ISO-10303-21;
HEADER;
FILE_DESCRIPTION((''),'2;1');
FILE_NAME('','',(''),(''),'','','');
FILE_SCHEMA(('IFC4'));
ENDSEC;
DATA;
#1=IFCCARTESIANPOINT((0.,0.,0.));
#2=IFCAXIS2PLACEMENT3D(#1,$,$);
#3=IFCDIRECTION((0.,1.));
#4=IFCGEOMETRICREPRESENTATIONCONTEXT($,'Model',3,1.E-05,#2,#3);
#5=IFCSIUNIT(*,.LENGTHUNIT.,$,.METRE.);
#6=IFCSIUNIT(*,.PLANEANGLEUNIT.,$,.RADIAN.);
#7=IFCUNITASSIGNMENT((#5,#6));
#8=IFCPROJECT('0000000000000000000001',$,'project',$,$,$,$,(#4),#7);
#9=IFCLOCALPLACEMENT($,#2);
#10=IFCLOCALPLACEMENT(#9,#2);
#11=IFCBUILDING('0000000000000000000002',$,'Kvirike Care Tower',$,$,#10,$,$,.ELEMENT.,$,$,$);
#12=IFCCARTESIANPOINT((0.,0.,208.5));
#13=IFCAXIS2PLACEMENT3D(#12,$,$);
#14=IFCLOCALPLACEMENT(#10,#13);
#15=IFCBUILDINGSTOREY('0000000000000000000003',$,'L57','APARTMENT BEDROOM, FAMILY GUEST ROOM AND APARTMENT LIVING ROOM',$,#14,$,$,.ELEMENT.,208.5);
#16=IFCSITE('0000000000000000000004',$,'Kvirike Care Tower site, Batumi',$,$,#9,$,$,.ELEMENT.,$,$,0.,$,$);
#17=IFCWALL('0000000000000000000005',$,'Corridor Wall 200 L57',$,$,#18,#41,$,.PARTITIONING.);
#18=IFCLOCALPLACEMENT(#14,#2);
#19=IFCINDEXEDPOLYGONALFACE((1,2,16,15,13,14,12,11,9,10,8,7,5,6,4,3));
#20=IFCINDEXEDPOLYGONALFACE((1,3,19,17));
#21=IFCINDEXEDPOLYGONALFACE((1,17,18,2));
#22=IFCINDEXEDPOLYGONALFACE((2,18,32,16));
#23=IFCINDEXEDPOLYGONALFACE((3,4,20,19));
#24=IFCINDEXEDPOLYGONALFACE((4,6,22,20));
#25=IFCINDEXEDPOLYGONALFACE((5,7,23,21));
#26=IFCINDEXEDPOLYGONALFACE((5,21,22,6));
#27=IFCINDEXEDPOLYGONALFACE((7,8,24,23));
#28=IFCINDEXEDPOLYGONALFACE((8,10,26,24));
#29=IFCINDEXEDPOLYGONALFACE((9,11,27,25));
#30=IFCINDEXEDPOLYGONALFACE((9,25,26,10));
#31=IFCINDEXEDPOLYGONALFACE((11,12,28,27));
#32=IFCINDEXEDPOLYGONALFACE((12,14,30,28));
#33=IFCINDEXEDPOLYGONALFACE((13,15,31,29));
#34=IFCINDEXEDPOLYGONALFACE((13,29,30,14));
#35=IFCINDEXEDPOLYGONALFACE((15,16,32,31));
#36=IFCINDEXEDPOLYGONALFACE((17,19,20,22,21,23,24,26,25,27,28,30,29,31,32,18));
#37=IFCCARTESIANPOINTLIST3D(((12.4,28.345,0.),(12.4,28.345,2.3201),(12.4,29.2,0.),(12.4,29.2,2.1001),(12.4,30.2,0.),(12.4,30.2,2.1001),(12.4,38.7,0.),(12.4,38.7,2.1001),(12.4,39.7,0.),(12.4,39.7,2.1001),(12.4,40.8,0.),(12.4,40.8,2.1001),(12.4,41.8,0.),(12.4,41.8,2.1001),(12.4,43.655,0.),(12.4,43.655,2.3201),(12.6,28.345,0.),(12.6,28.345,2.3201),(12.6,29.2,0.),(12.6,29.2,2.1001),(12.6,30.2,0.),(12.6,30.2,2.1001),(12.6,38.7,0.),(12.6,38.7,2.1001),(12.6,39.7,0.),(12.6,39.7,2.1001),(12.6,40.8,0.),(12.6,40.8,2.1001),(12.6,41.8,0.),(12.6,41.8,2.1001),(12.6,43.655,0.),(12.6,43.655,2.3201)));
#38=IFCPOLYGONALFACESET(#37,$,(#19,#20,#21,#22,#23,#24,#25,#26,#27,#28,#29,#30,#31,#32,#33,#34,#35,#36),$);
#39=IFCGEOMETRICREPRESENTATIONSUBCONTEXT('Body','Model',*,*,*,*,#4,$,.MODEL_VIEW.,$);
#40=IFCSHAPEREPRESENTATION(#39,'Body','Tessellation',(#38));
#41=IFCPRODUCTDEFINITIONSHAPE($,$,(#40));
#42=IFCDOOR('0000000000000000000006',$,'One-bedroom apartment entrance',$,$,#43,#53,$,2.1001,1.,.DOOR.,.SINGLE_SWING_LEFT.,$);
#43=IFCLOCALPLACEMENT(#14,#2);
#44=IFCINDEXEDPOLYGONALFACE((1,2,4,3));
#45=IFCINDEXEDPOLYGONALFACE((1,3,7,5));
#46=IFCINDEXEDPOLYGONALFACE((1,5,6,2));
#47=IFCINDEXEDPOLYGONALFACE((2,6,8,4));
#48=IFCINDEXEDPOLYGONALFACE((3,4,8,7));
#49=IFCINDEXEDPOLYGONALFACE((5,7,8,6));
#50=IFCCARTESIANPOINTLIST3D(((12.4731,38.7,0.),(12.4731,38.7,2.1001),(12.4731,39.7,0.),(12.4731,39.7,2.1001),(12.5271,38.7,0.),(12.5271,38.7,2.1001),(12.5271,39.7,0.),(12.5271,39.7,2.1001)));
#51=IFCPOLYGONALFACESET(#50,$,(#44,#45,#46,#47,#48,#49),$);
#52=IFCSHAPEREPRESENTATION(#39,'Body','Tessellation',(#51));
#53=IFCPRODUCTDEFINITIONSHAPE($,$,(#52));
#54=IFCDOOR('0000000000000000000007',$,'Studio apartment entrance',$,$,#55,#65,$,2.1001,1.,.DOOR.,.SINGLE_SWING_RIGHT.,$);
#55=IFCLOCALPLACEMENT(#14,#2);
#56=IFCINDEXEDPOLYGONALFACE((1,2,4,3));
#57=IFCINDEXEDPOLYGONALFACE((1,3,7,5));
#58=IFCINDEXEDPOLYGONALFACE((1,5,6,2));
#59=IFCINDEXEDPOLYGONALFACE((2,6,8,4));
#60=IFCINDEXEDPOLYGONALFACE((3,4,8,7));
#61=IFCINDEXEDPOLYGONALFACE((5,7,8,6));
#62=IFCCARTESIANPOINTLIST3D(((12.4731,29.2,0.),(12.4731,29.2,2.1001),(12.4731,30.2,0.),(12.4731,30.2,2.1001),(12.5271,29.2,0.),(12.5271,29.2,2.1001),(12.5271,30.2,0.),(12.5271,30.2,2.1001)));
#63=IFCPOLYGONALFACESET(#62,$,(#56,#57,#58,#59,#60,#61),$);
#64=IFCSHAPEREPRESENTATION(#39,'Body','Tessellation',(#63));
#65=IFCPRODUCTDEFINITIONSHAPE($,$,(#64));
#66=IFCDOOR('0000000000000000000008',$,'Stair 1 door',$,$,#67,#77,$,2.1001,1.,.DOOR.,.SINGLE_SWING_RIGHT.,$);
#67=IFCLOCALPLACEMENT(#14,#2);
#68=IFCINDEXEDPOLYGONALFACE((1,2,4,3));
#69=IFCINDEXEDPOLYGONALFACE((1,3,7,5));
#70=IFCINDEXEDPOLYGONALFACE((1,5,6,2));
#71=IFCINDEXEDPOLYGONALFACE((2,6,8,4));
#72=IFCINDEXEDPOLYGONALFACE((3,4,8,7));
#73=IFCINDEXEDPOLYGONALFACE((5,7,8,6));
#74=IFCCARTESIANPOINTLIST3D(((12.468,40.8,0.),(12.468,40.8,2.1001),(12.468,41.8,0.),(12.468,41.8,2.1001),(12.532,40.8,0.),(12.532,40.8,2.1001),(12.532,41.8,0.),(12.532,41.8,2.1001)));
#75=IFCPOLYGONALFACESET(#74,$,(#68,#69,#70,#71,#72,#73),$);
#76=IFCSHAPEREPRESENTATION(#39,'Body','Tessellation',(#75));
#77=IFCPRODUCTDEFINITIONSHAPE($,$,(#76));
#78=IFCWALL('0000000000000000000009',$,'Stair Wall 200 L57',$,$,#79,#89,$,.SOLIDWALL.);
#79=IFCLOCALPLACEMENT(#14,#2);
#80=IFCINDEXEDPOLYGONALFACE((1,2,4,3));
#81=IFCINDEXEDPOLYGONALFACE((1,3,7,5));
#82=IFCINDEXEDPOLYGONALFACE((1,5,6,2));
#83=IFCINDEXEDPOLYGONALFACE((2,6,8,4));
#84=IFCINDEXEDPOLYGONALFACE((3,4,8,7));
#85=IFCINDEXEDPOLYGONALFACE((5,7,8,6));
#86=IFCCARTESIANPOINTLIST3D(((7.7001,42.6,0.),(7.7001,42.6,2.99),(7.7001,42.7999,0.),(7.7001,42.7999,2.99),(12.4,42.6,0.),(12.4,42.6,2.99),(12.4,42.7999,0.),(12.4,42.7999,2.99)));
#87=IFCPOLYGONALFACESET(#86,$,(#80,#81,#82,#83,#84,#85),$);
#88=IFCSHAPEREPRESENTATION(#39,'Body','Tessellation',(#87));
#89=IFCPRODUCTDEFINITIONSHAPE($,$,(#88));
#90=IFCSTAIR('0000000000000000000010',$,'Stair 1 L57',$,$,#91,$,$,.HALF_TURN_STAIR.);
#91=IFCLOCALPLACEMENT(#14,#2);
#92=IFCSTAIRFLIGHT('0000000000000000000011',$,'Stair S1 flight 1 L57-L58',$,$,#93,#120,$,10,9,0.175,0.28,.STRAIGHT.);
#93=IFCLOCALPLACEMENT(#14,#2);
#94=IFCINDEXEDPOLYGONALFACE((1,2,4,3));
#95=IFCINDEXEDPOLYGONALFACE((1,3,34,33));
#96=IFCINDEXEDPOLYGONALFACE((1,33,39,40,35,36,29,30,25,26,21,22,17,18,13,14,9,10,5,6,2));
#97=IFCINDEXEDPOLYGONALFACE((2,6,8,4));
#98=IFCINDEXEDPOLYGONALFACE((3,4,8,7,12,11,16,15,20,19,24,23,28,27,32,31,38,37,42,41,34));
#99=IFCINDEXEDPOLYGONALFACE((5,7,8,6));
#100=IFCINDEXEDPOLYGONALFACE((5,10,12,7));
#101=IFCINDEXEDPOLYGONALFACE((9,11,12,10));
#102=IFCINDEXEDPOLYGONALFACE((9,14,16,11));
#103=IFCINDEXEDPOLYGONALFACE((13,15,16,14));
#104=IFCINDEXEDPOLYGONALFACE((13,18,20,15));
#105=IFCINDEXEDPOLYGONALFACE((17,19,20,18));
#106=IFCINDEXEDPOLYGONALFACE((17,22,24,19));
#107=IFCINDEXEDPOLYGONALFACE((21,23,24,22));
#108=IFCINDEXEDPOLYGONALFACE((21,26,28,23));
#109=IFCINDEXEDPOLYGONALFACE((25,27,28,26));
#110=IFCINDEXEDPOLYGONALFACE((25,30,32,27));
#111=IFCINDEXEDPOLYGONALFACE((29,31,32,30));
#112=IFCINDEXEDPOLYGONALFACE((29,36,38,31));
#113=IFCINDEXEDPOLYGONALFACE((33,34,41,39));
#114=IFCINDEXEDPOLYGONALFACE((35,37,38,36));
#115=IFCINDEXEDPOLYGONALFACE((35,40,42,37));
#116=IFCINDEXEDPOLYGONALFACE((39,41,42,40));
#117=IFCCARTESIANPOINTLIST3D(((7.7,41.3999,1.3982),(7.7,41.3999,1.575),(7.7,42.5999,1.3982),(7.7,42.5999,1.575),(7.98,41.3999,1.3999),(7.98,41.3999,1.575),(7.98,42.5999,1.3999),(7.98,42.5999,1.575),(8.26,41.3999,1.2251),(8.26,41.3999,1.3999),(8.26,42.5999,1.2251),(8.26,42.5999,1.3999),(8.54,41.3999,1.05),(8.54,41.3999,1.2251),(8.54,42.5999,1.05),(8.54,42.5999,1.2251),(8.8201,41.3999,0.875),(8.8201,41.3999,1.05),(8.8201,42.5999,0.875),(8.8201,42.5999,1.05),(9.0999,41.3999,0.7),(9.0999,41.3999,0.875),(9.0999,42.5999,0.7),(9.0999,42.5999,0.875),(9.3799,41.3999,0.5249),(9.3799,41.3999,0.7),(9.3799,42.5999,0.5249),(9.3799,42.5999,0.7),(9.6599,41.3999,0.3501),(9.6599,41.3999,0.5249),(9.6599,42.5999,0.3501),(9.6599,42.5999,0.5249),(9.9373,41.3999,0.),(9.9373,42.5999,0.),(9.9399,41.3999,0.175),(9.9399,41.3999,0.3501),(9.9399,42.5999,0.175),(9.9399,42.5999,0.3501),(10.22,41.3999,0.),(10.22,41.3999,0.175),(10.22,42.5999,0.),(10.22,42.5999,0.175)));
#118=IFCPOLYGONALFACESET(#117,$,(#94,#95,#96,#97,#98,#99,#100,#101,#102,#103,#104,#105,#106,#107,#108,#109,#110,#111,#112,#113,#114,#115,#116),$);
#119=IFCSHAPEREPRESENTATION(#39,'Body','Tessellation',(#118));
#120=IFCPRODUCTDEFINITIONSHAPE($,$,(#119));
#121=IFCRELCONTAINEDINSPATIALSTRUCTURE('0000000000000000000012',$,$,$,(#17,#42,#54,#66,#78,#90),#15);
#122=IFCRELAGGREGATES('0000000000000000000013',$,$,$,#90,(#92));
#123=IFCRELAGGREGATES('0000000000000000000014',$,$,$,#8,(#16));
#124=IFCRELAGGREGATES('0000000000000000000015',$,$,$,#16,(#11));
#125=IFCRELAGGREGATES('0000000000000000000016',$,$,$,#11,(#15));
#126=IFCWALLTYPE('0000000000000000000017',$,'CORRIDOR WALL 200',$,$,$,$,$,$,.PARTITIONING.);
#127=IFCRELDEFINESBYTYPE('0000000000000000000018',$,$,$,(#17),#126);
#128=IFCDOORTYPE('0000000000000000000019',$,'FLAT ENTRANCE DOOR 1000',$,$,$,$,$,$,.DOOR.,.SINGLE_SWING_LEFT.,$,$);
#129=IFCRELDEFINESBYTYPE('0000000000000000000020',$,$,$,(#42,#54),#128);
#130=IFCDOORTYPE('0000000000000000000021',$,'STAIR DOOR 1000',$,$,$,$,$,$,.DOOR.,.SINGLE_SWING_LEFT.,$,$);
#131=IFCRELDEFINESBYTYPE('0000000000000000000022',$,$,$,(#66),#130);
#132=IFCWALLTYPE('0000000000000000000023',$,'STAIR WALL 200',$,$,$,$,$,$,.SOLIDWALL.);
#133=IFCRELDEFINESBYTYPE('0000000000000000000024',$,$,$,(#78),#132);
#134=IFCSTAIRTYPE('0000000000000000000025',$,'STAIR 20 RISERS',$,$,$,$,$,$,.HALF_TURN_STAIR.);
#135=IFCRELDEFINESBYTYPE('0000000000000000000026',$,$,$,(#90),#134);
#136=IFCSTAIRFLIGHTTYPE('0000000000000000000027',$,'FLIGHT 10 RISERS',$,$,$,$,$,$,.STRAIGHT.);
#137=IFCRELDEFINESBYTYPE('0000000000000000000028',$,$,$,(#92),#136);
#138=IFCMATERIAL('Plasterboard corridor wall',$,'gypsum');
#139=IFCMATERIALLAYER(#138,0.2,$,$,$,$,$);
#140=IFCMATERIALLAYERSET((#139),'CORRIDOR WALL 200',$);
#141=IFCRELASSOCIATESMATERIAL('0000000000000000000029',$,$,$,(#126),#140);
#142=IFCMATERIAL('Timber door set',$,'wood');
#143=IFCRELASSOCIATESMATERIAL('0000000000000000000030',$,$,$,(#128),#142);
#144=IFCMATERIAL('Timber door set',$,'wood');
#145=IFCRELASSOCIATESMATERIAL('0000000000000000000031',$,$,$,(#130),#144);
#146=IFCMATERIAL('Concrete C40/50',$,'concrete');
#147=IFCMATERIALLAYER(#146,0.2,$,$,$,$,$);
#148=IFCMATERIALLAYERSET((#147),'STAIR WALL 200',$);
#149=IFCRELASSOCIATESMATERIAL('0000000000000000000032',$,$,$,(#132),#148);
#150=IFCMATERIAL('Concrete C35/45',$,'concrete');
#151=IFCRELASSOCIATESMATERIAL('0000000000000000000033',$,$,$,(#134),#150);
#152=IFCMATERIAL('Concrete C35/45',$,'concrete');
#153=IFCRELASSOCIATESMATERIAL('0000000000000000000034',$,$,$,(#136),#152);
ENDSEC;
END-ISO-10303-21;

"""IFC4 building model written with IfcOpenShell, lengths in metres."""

from ifc_helpers import new_model, si_unit, direction, frame, frame_2d, origin, place, context, subcontext, project, spatial, polyline, rectangle, outline, extrude, material, layer, layer_set, type_object, element, fill, aggregate, save


model = new_model("IFC4")

# Units and contexts
model_context = context("Model", 3, precision=1e-05, world=origin(), true_north=direction((0.0, 1.0)))
body_context = subcontext(model_context, "Body", "Model", "MODEL_VIEW")
ifc_project = project(units=[si_unit("LENGTHUNIT", "METRE"), si_unit("PLANEANGLEUNIT", "RADIAN")], contexts=[model_context])

# Site, building, storey
site_placement = place(None, origin())
site = spatial("IfcSite", under=ifc_project, at=site_placement, Name="Kvirike Care Tower site, Batumi", CompositionType="ELEMENT", RefElevation=0.0)
building_placement = place(site_placement, origin())
building = spatial("IfcBuilding", under=site, at=building_placement, Name="Kvirike Care Tower", CompositionType="ELEMENT")
storey_placement = place(building_placement, frame((0.0, 0.0, 208.5)))
storey = spatial("IfcBuildingStorey", under=building, at=storey_placement, Name="L57", Description="APARTMENT BEDROOM, FAMILY GUEST ROOM AND APARTMENT LIVING ROOM", CompositionType="ELEMENT", Elevation=208.5)

# Wall, openings, doors
ifc_material_1 = material(Name="Plasterboard corridor wall", Category="gypsum")
ifc_layer_1 = layer(ifc_material_1, 0.2)
ifc_layer_set_1 = layer_set([ifc_layer_1], Name="CORRIDOR WALL 200")
wall_type_1 = type_object("IfcWallType", Name="CORRIDOR WALL 200", PredefinedType="PARTITIONING", material=ifc_layer_set_1)
wall_1_placement = place(storey_placement, frame((12.5, 43.655, 0.0), z_axis=(0.0, 0.0, 1.0), x_axis=(0.0, -1.0, 0.0)))
wall_1 = element("IfcWall", 1, at=wall_1_placement, inside=storey, type_object=wall_type_1, Name="Corridor Wall 200 L57", PredefinedType="PARTITIONING", context=body_context, shape_type="SweptSolid", body=[
    extrude(rectangle(XDim=15.3101, YDim=0.2, at=frame_2d((7.655, 0.0))), origin(), (0.0, 0.0, 1.0), 2.3201),
])
opening_1_placement = place(wall_1_placement, frame((1.855, 0.0, 0.0)))
opening_1 = element("IfcOpeningElement", 2, at=opening_1_placement, cuts=wall_1, PredefinedType="OPENING", context=body_context, shape_type="SweptSolid", body=[
    extrude(rectangle(XDim=1.0, YDim=2.1001, at=frame_2d((0.5, 1.05))), frame((0.0, 0.1106, 0.0), z_axis=(0.0, -1.0, 0.0), x_axis=(1.0, 0.0, 0.0)), (0.0, 0.0, 1.0), 0.2209),
])
opening_2_placement = place(wall_1_placement, frame((3.9551, 0.0, 0.0)))
opening_2 = element("IfcOpeningElement", 3, at=opening_2_placement, cuts=wall_1, PredefinedType="OPENING", context=body_context, shape_type="SweptSolid", body=[
    extrude(rectangle(XDim=1.0, YDim=2.1001, at=frame_2d((0.5, 1.05))), frame((0.0, 0.1106, 0.0), z_axis=(0.0, -1.0, 0.0), x_axis=(1.0, 0.0, 0.0)), (0.0, 0.0, 1.0), 0.2209),
])
opening_3_placement = place(wall_1_placement, frame((13.4551, 0.0, 0.0)))
opening_3 = element("IfcOpeningElement", 4, at=opening_3_placement, cuts=wall_1, PredefinedType="OPENING", context=body_context, shape_type="SweptSolid", body=[
    extrude(rectangle(XDim=1.0, YDim=2.1001, at=frame_2d((0.5, 1.05))), frame((0.0, 0.1106, 0.0), z_axis=(0.0, -1.0, 0.0), x_axis=(1.0, 0.0, 0.0)), (0.0, 0.0, 1.0), 0.2209),
])
ifc_material_2 = material(Name="Timber door set", Category="wood")
door_type_1 = type_object("IfcDoorType", Name="FLAT ENTRANCE DOOR 1000", OperationType="SINGLE_SWING_LEFT", PredefinedType="DOOR", material=ifc_material_2)
door_1_placement = place(opening_2_placement, frame((1.0, 0.0, 0.0), z_axis=(0.0, 0.0, 1.0), x_axis=(-1.0, 0.0, 0.0)))
door_1 = element("IfcDoor", 5, at=door_1_placement, inside=storey, type_object=door_type_1, Name="One-bedroom apartment entrance", OperationType="SINGLE_SWING_LEFT", OverallHeight=2.1001, OverallWidth=1.0, PredefinedType="DOOR", context=body_context, shape_type="SweptSolid", body=[
    extrude(rectangle(XDim=1.0, YDim=2.1001, at=frame_2d((0.5, 1.05))), frame((0.0, 0.0269, 0.0), z_axis=(0.0, -1.0, 0.0), x_axis=(1.0, 0.0, 0.0)), (0.0, 0.0, 1.0), 0.054),
])
fill(opening_2, door_1)
door_2_placement = place(opening_3_placement, frame((1.0, 0.0, 0.0), z_axis=(0.0, 0.0, 1.0), x_axis=(-1.0, 0.0, 0.0)))
door_2 = element("IfcDoor", 6, at=door_2_placement, inside=storey, type_object=door_type_1, Name="Studio apartment entrance", OperationType="SINGLE_SWING_RIGHT", OverallHeight=2.1001, OverallWidth=1.0, PredefinedType="DOOR", context=body_context, shape_type="SweptSolid", body=[
    extrude(rectangle(XDim=1.0, YDim=2.1001, at=frame_2d((0.5, 1.05))), frame((0.0, 0.0269, 0.0), z_axis=(0.0, -1.0, 0.0), x_axis=(1.0, 0.0, 0.0)), (0.0, 0.0, 1.0), 0.054),
])
fill(opening_3, door_2)
ifc_material_3 = material(Name="Timber door set", Category="wood")
door_type_2 = type_object("IfcDoorType", Name="STAIR DOOR 1000", OperationType="SINGLE_SWING_LEFT", PredefinedType="DOOR", material=ifc_material_3)
door_3_placement = place(opening_1_placement, frame((1.0, 0.0, 0.0), z_axis=(0.0, 0.0, 1.0), x_axis=(-1.0, 0.0, 0.0)))
door_3 = element("IfcDoor", 7, at=door_3_placement, inside=storey, type_object=door_type_2, Name="Stair 1 door", OperationType="SINGLE_SWING_RIGHT", OverallHeight=2.1001, OverallWidth=1.0, PredefinedType="DOOR", context=body_context, shape_type="SweptSolid", body=[
    extrude(rectangle(XDim=1.0, YDim=2.1001, at=frame_2d((0.5, 1.05))), frame((0.0, 0.032, 0.0), z_axis=(0.0, -1.0, 0.0), x_axis=(1.0, 0.0, 0.0)), (0.0, 0.0, 1.0), 0.064),
])
fill(opening_1, door_3)

# Wall
ifc_material_4 = material(Name="Concrete C40/50", Category="concrete")
ifc_layer_2 = layer(ifc_material_4, 0.2)
ifc_layer_set_2 = layer_set([ifc_layer_2], Name="STAIR WALL 200")
wall_type_2 = type_object("IfcWallType", Name="STAIR WALL 200", PredefinedType="SOLIDWALL", material=ifc_layer_set_2)
wall_2_placement = place(storey_placement, frame((7.7, 42.7, 0.0), z_axis=(0.0, 0.0, 1.0), x_axis=(1.0, 0.0, 0.0)))
element("IfcWall", 8, at=wall_2_placement, inside=storey, type_object=wall_type_2, Name="Stair Wall 200 L57", PredefinedType="SOLIDWALL", context=body_context, shape_type="SweptSolid", body=[
    extrude(rectangle(XDim=4.7, YDim=0.2, at=frame_2d((2.3501, 0.0))), origin(), (0.0, 0.0, 1.0), 2.99),
])

# Stair, stair flight
ifc_material_5 = material(Name="Concrete C35/45", Category="concrete")
stair_type = type_object("IfcStairType", Name="STAIR 20 RISERS", PredefinedType="HALF_TURN_STAIR", material=ifc_material_5)
stair_placement = place(storey_placement, origin())
stair = element("IfcStair", 9, at=stair_placement, inside=storey, type_object=stair_type, Name="Stair 1 L57", PredefinedType="HALF_TURN_STAIR")
ifc_material_6 = material(Name="Concrete C35/45", Category="concrete")
stair_flight_type = type_object("IfcStairFlightType", Name="FLIGHT 10 RISERS", PredefinedType="STRAIGHT", material=ifc_material_6)
stair_flight_placement = place(storey_placement, frame((10.22, 42.0, 0.0), z_axis=(0.0, 0.0, 1.0), x_axis=(-1.0, 0.0, 0.0)))
stair_flight = element("IfcStairFlight", 10, at=stair_flight_placement, type_object=stair_flight_type, Name="Stair S1 flight 1 L57-L58", NumberOfRisers=10, NumberOfTreads=9, PredefinedType="STRAIGHT", RiserHeight=0.175, TreadLength=0.28, context=body_context, shape_type="SweptSolid", body=[
    extrude(outline(polyline([(0.0, 0.0), (0.0, 0.175), (0.28, 0.175), (0.28, 0.3501), (0.5601, 0.3501), (0.5601, 0.5249), (0.8401, 0.5249), (0.8401, 0.7), (1.1201, 0.7), (1.1201, 0.875), (1.3999, 0.875), (1.3999, 1.05), (1.6799, 1.05), (1.6799, 1.2251), (1.96, 1.2251), (1.96, 1.3999), (2.24, 1.3999), (2.24, 1.575), (2.52, 1.575), (2.52, 1.75), (2.52, 1.3982), (0.2827, 0.0), (0.0, 0.0)])), frame((0.0, 0.6001, 0.0), z_axis=(0.0, -1.0, 0.0), x_axis=(1.0, 0.0, 0.0)), (0.0, 0.0, 1.0), 1.2),
])
aggregate(stair, [stair_flight])

save(model, "model.ifc")
